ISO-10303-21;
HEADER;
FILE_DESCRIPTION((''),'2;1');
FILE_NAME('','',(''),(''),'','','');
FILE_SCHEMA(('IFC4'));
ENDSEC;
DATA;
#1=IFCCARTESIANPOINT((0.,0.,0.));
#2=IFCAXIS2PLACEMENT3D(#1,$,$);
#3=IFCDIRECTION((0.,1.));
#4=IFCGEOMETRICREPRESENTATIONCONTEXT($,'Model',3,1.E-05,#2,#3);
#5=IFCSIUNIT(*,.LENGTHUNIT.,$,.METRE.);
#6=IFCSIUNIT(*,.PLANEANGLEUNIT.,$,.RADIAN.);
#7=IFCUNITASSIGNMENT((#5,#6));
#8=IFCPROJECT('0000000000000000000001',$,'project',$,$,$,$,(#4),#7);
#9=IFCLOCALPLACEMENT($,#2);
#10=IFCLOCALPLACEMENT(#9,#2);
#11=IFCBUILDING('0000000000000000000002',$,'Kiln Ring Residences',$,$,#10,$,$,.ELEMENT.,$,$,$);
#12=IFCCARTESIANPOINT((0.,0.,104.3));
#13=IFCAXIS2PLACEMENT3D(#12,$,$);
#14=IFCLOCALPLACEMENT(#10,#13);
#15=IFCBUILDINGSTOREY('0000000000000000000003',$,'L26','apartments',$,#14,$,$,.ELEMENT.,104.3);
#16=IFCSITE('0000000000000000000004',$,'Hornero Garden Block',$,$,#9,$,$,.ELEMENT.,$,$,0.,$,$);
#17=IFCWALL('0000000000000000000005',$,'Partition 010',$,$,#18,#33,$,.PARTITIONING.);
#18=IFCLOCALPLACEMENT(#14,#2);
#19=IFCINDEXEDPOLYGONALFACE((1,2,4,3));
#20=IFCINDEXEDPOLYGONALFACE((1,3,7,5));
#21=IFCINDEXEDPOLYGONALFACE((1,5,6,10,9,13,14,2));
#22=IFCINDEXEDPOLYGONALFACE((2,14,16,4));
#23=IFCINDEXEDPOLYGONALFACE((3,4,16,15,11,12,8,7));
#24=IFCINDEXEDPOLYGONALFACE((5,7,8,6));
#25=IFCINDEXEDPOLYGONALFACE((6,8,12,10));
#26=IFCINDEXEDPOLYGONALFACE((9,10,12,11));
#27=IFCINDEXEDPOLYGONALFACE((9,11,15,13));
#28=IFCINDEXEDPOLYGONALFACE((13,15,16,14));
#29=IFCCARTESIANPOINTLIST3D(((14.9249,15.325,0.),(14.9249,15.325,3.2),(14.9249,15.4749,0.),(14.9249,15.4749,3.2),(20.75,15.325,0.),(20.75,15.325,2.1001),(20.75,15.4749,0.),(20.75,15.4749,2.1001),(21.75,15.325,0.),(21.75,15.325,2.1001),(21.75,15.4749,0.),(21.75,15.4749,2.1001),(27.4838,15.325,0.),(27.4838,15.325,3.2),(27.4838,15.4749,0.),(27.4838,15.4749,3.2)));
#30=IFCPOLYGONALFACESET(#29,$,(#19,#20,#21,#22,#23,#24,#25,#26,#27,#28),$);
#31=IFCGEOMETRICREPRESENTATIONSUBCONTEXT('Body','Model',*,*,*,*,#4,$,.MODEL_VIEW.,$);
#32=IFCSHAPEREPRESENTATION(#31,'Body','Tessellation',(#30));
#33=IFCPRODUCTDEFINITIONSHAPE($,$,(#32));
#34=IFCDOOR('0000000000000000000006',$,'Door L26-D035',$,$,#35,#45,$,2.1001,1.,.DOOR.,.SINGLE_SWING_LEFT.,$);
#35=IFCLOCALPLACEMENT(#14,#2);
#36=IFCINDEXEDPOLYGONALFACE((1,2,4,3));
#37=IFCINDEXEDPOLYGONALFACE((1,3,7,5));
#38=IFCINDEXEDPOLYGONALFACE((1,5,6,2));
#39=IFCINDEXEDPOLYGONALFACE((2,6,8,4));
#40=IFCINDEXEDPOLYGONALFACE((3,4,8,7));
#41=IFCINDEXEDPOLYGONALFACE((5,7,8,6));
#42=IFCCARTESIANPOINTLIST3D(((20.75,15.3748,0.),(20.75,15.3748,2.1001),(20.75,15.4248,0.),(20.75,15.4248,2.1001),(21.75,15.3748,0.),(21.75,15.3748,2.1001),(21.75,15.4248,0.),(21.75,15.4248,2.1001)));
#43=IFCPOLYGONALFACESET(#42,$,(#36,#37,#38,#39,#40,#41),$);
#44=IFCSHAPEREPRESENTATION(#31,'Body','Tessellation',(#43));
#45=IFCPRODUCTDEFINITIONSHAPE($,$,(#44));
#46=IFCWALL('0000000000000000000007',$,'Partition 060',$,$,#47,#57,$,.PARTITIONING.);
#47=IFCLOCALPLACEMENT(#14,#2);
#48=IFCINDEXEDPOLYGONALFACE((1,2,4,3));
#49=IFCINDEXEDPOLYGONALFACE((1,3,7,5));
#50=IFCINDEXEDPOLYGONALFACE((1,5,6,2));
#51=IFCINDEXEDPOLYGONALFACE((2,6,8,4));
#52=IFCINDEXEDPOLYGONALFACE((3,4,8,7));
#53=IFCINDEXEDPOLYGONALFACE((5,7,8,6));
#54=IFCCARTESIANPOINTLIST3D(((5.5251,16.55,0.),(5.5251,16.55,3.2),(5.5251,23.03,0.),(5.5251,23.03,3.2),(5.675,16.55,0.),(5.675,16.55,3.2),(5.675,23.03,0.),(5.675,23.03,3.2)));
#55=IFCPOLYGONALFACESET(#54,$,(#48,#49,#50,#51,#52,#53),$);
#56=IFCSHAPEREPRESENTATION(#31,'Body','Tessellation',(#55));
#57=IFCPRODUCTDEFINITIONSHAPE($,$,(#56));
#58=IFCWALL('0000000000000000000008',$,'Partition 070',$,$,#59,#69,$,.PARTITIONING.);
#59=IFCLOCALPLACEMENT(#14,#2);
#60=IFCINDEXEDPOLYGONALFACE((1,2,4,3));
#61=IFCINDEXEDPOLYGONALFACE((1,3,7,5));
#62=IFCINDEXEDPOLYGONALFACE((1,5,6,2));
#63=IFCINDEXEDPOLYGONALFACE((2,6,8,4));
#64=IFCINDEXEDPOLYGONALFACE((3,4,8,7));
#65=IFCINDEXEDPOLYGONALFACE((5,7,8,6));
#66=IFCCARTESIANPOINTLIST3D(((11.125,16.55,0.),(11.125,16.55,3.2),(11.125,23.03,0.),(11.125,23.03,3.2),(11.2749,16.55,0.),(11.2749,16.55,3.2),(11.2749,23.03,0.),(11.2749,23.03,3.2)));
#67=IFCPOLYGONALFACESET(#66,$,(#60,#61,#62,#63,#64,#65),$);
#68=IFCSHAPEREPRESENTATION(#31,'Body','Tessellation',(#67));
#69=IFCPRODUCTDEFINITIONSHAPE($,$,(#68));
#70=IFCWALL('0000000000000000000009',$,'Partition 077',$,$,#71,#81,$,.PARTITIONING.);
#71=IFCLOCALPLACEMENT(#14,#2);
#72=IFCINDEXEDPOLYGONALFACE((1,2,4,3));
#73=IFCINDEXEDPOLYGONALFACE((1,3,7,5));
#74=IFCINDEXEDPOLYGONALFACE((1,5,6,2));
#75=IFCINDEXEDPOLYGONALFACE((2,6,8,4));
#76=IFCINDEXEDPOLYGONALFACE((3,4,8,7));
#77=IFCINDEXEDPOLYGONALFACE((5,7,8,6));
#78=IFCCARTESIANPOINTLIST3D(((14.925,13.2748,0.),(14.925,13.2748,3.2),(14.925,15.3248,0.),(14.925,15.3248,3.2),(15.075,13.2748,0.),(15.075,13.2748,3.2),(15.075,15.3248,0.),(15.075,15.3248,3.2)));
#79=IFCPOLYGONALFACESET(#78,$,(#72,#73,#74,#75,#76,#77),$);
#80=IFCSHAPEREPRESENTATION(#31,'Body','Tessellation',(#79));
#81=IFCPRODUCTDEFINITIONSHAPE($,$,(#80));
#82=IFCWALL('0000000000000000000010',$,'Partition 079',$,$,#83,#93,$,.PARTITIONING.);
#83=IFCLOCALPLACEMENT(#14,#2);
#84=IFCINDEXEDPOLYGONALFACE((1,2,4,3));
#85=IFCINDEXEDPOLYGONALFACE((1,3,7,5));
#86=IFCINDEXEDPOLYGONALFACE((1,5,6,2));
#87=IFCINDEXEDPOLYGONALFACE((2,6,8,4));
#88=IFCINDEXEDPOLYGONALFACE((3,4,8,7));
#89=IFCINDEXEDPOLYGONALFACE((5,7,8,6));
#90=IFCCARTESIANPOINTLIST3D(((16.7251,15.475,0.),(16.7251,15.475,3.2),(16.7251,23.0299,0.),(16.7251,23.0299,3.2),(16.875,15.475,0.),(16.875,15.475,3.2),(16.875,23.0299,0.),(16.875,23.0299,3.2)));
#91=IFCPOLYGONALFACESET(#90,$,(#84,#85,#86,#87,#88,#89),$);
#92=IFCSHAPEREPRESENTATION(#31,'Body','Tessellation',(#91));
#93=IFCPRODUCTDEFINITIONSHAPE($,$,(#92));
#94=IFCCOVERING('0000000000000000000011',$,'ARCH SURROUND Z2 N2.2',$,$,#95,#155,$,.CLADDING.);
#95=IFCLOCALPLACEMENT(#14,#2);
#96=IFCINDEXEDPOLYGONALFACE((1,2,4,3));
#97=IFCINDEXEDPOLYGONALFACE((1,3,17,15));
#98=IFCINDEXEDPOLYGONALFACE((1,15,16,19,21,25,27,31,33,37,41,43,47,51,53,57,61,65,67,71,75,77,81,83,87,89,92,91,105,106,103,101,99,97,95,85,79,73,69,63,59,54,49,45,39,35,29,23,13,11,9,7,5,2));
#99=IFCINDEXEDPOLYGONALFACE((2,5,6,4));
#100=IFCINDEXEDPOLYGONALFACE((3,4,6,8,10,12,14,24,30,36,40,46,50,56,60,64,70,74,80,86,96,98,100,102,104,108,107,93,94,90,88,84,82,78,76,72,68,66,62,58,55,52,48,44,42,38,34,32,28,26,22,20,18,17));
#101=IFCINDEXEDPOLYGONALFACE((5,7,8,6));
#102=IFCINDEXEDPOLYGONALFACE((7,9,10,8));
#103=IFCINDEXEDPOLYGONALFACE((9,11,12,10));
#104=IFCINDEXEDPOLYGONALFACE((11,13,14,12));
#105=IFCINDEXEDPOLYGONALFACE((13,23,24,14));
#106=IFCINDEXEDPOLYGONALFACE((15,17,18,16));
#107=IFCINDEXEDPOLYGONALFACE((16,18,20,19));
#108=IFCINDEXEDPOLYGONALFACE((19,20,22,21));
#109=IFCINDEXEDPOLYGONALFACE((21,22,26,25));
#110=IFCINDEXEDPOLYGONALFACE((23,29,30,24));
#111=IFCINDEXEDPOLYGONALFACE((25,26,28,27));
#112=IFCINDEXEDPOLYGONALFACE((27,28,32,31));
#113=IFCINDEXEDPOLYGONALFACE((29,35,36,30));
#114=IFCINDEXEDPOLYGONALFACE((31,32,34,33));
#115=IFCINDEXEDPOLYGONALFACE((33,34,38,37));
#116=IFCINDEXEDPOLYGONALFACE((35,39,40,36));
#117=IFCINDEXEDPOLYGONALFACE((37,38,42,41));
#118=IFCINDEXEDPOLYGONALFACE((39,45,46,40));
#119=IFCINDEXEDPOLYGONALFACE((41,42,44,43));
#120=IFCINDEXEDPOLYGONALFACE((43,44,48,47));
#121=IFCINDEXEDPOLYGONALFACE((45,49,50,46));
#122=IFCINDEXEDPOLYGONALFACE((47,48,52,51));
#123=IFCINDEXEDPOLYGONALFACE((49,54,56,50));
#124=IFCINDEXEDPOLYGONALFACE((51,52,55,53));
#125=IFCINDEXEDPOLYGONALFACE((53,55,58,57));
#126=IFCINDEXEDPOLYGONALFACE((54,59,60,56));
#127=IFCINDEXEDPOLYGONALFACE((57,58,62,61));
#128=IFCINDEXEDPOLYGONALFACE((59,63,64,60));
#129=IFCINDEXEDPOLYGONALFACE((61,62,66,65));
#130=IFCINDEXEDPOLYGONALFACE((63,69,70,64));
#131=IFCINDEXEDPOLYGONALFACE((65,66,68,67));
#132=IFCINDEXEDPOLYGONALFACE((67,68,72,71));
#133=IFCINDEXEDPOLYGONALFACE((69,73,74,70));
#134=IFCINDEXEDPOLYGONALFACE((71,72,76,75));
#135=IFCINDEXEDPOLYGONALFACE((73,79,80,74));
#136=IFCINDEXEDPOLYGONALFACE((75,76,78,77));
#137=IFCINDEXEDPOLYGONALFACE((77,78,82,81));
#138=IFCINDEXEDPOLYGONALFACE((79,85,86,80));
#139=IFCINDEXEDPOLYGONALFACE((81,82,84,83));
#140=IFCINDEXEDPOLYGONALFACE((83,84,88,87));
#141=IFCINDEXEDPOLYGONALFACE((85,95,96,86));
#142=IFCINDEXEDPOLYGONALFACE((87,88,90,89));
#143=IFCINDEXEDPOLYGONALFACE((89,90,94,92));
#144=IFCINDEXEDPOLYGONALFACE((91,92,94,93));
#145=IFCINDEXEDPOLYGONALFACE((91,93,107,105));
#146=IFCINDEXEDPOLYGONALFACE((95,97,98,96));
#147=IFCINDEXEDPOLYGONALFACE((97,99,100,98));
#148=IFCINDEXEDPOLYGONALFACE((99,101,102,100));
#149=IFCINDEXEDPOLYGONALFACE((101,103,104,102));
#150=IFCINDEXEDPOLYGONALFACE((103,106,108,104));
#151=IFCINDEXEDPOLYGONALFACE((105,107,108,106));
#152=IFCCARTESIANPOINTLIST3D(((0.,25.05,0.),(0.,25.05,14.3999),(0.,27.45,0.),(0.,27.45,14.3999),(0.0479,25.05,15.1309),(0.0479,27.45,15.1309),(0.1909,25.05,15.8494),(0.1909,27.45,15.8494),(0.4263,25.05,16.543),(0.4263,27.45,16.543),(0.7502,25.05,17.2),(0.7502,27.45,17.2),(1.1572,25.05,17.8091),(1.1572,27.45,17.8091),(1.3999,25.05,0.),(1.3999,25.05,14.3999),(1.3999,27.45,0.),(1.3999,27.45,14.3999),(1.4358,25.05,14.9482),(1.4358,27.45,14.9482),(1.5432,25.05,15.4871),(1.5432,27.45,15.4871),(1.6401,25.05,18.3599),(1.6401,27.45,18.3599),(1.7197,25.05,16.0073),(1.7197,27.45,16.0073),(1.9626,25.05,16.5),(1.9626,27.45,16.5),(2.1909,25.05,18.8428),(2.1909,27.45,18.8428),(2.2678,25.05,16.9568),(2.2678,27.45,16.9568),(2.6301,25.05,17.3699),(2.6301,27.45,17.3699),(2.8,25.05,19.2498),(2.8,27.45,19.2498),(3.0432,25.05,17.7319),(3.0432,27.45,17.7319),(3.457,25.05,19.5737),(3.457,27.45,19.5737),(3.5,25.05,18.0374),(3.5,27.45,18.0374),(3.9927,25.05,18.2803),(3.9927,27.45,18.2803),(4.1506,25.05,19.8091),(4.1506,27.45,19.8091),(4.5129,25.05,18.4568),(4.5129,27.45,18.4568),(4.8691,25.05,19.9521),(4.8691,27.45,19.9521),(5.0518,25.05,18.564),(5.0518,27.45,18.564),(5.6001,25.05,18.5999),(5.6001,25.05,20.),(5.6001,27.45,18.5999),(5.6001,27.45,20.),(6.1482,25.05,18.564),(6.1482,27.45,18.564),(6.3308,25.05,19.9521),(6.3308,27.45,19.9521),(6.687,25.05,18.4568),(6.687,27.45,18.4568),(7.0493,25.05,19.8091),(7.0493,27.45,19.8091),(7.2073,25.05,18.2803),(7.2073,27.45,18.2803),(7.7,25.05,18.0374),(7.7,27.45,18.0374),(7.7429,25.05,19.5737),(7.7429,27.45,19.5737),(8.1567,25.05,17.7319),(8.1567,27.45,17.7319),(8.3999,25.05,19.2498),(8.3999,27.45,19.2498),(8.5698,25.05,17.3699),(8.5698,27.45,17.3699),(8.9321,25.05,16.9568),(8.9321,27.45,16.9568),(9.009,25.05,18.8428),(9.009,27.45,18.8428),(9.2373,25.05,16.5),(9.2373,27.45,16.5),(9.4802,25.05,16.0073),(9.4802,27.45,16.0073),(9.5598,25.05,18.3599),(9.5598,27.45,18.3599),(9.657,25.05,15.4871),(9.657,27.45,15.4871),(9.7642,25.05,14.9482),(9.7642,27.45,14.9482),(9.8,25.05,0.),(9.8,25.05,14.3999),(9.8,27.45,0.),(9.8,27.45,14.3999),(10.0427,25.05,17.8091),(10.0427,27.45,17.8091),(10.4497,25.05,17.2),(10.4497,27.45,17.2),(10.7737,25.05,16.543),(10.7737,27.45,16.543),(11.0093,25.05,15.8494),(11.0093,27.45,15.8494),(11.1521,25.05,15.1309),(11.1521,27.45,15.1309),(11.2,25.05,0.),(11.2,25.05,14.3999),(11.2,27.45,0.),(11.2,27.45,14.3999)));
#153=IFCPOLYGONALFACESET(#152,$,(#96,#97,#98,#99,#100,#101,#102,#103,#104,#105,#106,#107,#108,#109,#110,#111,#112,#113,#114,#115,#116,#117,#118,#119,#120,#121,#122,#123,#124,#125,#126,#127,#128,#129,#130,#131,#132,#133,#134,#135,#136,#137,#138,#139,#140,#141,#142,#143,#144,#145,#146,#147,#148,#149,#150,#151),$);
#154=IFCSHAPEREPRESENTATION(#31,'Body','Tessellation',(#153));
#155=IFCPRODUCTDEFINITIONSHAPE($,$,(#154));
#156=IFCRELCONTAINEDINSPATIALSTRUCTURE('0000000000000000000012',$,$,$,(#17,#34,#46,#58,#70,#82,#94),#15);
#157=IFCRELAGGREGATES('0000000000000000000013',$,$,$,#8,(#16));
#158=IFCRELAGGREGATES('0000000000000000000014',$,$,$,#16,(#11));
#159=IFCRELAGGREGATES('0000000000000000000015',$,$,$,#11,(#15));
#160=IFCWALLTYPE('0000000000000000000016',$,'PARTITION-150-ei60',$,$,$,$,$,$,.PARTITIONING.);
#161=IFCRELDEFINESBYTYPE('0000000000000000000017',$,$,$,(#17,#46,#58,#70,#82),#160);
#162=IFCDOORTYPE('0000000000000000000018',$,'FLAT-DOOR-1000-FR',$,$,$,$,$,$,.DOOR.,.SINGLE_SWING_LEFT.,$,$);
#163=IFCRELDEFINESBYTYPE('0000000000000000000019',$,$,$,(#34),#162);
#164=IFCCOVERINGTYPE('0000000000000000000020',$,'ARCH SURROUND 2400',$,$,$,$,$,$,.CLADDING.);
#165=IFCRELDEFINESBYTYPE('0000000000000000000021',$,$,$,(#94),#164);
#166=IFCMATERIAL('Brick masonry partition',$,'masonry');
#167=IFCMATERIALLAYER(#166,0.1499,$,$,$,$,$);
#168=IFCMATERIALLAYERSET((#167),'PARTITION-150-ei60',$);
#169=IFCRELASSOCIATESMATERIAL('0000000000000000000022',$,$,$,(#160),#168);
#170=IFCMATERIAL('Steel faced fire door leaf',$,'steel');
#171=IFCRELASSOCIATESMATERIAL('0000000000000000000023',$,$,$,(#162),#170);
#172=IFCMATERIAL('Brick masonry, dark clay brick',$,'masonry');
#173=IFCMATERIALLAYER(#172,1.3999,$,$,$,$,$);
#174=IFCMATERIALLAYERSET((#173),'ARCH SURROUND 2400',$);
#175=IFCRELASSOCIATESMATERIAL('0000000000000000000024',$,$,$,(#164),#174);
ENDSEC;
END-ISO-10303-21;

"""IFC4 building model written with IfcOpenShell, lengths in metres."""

from ifc_helpers import new_model, si_unit, direction, frame, frame_2d, origin, place, context, subcontext, project, spatial, polyline, rectangle, outline, extrude, material, layer, layer_set, type_object, element, fill, save


model = new_model("IFC4")

# Units and contexts
model_context = context("Model", 3, precision=1e-05, world=origin(), true_north=direction((0.0, 1.0)))
body_context = subcontext(model_context, "Body", "Model", "MODEL_VIEW")
ifc_project = project(units=[si_unit("LENGTHUNIT", "METRE"), si_unit("PLANEANGLEUNIT", "RADIAN")], contexts=[model_context])

# Site, building, storey
site_placement = place(None, origin())
site = spatial("IfcSite", under=ifc_project, at=site_placement, Name="Hornero Garden Block", CompositionType="ELEMENT", RefElevation=0.0)
building_placement = place(site_placement, origin())
building = spatial("IfcBuilding", under=site, at=building_placement, Name="Kiln Ring Residences", CompositionType="ELEMENT")
storey_placement = place(building_placement, frame((0.0, 0.0, 104.3)))
storey = spatial("IfcBuildingStorey", under=building, at=storey_placement, Name="L26", Description="apartments", CompositionType="ELEMENT", Elevation=104.3)

# Wall, opening, door
ifc_material_1 = material(Name="Brick masonry partition", Category="masonry")
ifc_layer_1 = layer(ifc_material_1, 0.1499)
ifc_layer_set_1 = layer_set([ifc_layer_1], Name="PARTITION-150-ei60")
wall_type_1 = type_object("IfcWallType", Name="PARTITION-150-ei60", PredefinedType="PARTITIONING", material=ifc_layer_set_1)
wall_1_placement = place(storey_placement, frame((14.925, 15.3999, 0.0), z_axis=(0.0, 0.0, 1.0), x_axis=(1.0, 0.0, 0.0)))
wall_1 = element("IfcWall", 1, at=wall_1_placement, inside=storey, type_object=wall_type_1, Name="Partition 010", PredefinedType="PARTITIONING", context=body_context, shape_type="SweptSolid", body=[
    extrude(rectangle(XDim=12.5588, YDim=0.1499, at=frame_2d((6.2793, 0.0))), origin(), (0.0, 0.0, 1.0), 3.2),
])
opening_1_placement = place(wall_1_placement, frame((5.825, 0.0, 0.0)))
opening_1 = element("IfcOpeningElement", 2, at=opening_1_placement, cuts=wall_1, PredefinedType="OPENING", context=body_context, shape_type="SweptSolid", body=[
    extrude(rectangle(XDim=1.0, YDim=2.1001, at=frame_2d((0.5, 1.05))), frame((0.0, 0.085, 0.0), z_axis=(0.0, -1.0, 0.0), x_axis=(1.0, 0.0, 0.0)), (0.0, 0.0, 1.0), 0.1699),
])
ifc_material_2 = material(Name="Steel faced fire door leaf", Category="steel")
door_type_1 = type_object("IfcDoorType", Name="FLAT-DOOR-1000-FR", OperationType="SINGLE_SWING_LEFT", PredefinedType="DOOR", material=ifc_material_2)
door_1_placement = place(opening_1_placement, origin())
door_1 = element("IfcDoor", 3, at=door_1_placement, inside=storey, type_object=door_type_1, Name="Door L26-D035", OperationType="SINGLE_SWING_LEFT", OverallHeight=2.1001, OverallWidth=1.0, PredefinedType="DOOR", context=body_context, shape_type="SweptSolid", body=[
    extrude(rectangle(XDim=1.0, YDim=2.1001, at=frame_2d((0.5, 1.05))), frame((0.0, 0.0249, 0.0), z_axis=(0.0, -1.0, 0.0), x_axis=(1.0, 0.0, 0.0)), (0.0, 0.0, 1.0), 0.05),
])
fill(opening_1, door_1)

# Walls
for number, where, z_axis, x_axis, name in (
    (4, (5.6001, 16.55, 0.0), (0.0, 0.0, 1.0), (0.0, 1.0, 0.0), "Partition 060"),
    (5, (11.2, 16.55, 0.0), (0.0, 0.0, 1.0), (0.0, 1.0, 0.0), "Partition 070"),
):
    element("IfcWall", number, at=place(storey_placement, frame(where, z_axis=z_axis, x_axis=x_axis)), inside=storey, type_object=wall_type_1, Name=name, PredefinedType="PARTITIONING", context=body_context, shape_type="SweptSolid", body=[
        extrude(rectangle(XDim=6.48, YDim=0.1499, at=frame_2d((3.24, 0.0))), origin(), (0.0, 0.0, 1.0), 3.2),
    ])
wall_2_placement = place(storey_placement, frame((15.0, 13.2749, 0.0), z_axis=(0.0, 0.0, 1.0), x_axis=(0.0, 1.0, 0.0)))
element("IfcWall", 6, at=wall_2_placement, inside=storey, type_object=wall_type_1, Name="Partition 077", PredefinedType="PARTITIONING", context=body_context, shape_type="SweptSolid", body=[
    extrude(rectangle(XDim=2.05, YDim=0.1499, at=frame_2d((1.0249, 0.0))), origin(), (0.0, 0.0, 1.0), 3.2),
])
wall_3_placement = place(storey_placement, frame((16.8, 15.4751, 0.0), z_axis=(0.0, 0.0, 1.0), x_axis=(0.0, 1.0, 0.0)))
element("IfcWall", 7, at=wall_3_placement, inside=storey, type_object=wall_type_1, Name="Partition 079", PredefinedType="PARTITIONING", context=body_context, shape_type="SweptSolid", body=[
    extrude(rectangle(XDim=7.5549, YDim=0.1499, at=frame_2d((3.7773, 0.0))), origin(), (0.0, 0.0, 1.0), 3.2),
])

# Covering
ifc_material_3 = material(Name="Brick masonry, dark clay brick", Category="masonry")
ifc_layer_2 = layer(ifc_material_3, 1.3999)
ifc_layer_set_2 = layer_set([ifc_layer_2], Name="ARCH SURROUND 2400")
covering_type_1 = type_object("IfcCoveringType", Name="ARCH SURROUND 2400", PredefinedType="CLADDING", material=ifc_layer_set_2)
covering_1_placement = place(storey_placement, frame((0.0, 26.25, 0.0), z_axis=(0.0, 0.0, 1.0), x_axis=(1.0, 0.0, 0.0)))
element("IfcCovering", 8, at=covering_1_placement, inside=storey, type_object=covering_type_1, Name="ARCH SURROUND Z2 N2.2", PredefinedType="CLADDING", context=body_context, shape_type="SweptSolid", body=[
    extrude(outline(polyline([(0.0, 0.0), (0.0, 14.3999), (0.0479, 15.1309), (0.1909, 15.8494), (0.4263, 16.543), (0.7502, 17.2), (1.1572, 17.8091), (1.6401, 18.3599), (2.1909, 18.8428), (2.8, 19.2498), (3.457, 19.5737), (4.1506, 19.8091), (4.8691, 19.9521), (5.6001, 20.0), (6.3308, 19.9521), (7.0493, 19.8091), (7.7429, 19.5737), (8.3999, 19.2498), (9.009, 18.8428), (9.5598, 18.3599), (10.0427, 17.8091), (10.4497, 17.2), (10.7737, 16.543), (11.0093, 15.8494), (11.1521, 15.1309), (11.2, 14.3999), (11.2, 0.0), (9.8, 0.0), (9.8, 14.3999), (9.7642, 14.9482), (9.657, 15.4871), (9.4802, 16.0073), (9.2373, 16.5), (8.9321, 16.9568), (8.5698, 17.3699), (8.1567, 17.7319), (7.7, 18.0374), (7.2073, 18.2803), (6.687, 18.4568), (6.1482, 18.564), (5.6001, 18.5999), (5.0518, 18.564), (4.5129, 18.4568), (3.9927, 18.2803), (3.5, 18.0374), (3.0432, 17.7319), (2.6301, 17.3699), (2.2678, 16.9568), (1.9626, 16.5), (1.7197, 16.0073), (1.5432, 15.4871), (1.4358, 14.9482), (1.3999, 14.3999), (1.3999, 0.0), (0.0, 0.0)])), frame((0.0, 1.2, 0.0), z_axis=(0.0, -1.0, 0.0), x_axis=(1.0, 0.0, 0.0)), (0.0, 0.0, 1.0), 2.3999),
])

save(model, "model.ifc")
